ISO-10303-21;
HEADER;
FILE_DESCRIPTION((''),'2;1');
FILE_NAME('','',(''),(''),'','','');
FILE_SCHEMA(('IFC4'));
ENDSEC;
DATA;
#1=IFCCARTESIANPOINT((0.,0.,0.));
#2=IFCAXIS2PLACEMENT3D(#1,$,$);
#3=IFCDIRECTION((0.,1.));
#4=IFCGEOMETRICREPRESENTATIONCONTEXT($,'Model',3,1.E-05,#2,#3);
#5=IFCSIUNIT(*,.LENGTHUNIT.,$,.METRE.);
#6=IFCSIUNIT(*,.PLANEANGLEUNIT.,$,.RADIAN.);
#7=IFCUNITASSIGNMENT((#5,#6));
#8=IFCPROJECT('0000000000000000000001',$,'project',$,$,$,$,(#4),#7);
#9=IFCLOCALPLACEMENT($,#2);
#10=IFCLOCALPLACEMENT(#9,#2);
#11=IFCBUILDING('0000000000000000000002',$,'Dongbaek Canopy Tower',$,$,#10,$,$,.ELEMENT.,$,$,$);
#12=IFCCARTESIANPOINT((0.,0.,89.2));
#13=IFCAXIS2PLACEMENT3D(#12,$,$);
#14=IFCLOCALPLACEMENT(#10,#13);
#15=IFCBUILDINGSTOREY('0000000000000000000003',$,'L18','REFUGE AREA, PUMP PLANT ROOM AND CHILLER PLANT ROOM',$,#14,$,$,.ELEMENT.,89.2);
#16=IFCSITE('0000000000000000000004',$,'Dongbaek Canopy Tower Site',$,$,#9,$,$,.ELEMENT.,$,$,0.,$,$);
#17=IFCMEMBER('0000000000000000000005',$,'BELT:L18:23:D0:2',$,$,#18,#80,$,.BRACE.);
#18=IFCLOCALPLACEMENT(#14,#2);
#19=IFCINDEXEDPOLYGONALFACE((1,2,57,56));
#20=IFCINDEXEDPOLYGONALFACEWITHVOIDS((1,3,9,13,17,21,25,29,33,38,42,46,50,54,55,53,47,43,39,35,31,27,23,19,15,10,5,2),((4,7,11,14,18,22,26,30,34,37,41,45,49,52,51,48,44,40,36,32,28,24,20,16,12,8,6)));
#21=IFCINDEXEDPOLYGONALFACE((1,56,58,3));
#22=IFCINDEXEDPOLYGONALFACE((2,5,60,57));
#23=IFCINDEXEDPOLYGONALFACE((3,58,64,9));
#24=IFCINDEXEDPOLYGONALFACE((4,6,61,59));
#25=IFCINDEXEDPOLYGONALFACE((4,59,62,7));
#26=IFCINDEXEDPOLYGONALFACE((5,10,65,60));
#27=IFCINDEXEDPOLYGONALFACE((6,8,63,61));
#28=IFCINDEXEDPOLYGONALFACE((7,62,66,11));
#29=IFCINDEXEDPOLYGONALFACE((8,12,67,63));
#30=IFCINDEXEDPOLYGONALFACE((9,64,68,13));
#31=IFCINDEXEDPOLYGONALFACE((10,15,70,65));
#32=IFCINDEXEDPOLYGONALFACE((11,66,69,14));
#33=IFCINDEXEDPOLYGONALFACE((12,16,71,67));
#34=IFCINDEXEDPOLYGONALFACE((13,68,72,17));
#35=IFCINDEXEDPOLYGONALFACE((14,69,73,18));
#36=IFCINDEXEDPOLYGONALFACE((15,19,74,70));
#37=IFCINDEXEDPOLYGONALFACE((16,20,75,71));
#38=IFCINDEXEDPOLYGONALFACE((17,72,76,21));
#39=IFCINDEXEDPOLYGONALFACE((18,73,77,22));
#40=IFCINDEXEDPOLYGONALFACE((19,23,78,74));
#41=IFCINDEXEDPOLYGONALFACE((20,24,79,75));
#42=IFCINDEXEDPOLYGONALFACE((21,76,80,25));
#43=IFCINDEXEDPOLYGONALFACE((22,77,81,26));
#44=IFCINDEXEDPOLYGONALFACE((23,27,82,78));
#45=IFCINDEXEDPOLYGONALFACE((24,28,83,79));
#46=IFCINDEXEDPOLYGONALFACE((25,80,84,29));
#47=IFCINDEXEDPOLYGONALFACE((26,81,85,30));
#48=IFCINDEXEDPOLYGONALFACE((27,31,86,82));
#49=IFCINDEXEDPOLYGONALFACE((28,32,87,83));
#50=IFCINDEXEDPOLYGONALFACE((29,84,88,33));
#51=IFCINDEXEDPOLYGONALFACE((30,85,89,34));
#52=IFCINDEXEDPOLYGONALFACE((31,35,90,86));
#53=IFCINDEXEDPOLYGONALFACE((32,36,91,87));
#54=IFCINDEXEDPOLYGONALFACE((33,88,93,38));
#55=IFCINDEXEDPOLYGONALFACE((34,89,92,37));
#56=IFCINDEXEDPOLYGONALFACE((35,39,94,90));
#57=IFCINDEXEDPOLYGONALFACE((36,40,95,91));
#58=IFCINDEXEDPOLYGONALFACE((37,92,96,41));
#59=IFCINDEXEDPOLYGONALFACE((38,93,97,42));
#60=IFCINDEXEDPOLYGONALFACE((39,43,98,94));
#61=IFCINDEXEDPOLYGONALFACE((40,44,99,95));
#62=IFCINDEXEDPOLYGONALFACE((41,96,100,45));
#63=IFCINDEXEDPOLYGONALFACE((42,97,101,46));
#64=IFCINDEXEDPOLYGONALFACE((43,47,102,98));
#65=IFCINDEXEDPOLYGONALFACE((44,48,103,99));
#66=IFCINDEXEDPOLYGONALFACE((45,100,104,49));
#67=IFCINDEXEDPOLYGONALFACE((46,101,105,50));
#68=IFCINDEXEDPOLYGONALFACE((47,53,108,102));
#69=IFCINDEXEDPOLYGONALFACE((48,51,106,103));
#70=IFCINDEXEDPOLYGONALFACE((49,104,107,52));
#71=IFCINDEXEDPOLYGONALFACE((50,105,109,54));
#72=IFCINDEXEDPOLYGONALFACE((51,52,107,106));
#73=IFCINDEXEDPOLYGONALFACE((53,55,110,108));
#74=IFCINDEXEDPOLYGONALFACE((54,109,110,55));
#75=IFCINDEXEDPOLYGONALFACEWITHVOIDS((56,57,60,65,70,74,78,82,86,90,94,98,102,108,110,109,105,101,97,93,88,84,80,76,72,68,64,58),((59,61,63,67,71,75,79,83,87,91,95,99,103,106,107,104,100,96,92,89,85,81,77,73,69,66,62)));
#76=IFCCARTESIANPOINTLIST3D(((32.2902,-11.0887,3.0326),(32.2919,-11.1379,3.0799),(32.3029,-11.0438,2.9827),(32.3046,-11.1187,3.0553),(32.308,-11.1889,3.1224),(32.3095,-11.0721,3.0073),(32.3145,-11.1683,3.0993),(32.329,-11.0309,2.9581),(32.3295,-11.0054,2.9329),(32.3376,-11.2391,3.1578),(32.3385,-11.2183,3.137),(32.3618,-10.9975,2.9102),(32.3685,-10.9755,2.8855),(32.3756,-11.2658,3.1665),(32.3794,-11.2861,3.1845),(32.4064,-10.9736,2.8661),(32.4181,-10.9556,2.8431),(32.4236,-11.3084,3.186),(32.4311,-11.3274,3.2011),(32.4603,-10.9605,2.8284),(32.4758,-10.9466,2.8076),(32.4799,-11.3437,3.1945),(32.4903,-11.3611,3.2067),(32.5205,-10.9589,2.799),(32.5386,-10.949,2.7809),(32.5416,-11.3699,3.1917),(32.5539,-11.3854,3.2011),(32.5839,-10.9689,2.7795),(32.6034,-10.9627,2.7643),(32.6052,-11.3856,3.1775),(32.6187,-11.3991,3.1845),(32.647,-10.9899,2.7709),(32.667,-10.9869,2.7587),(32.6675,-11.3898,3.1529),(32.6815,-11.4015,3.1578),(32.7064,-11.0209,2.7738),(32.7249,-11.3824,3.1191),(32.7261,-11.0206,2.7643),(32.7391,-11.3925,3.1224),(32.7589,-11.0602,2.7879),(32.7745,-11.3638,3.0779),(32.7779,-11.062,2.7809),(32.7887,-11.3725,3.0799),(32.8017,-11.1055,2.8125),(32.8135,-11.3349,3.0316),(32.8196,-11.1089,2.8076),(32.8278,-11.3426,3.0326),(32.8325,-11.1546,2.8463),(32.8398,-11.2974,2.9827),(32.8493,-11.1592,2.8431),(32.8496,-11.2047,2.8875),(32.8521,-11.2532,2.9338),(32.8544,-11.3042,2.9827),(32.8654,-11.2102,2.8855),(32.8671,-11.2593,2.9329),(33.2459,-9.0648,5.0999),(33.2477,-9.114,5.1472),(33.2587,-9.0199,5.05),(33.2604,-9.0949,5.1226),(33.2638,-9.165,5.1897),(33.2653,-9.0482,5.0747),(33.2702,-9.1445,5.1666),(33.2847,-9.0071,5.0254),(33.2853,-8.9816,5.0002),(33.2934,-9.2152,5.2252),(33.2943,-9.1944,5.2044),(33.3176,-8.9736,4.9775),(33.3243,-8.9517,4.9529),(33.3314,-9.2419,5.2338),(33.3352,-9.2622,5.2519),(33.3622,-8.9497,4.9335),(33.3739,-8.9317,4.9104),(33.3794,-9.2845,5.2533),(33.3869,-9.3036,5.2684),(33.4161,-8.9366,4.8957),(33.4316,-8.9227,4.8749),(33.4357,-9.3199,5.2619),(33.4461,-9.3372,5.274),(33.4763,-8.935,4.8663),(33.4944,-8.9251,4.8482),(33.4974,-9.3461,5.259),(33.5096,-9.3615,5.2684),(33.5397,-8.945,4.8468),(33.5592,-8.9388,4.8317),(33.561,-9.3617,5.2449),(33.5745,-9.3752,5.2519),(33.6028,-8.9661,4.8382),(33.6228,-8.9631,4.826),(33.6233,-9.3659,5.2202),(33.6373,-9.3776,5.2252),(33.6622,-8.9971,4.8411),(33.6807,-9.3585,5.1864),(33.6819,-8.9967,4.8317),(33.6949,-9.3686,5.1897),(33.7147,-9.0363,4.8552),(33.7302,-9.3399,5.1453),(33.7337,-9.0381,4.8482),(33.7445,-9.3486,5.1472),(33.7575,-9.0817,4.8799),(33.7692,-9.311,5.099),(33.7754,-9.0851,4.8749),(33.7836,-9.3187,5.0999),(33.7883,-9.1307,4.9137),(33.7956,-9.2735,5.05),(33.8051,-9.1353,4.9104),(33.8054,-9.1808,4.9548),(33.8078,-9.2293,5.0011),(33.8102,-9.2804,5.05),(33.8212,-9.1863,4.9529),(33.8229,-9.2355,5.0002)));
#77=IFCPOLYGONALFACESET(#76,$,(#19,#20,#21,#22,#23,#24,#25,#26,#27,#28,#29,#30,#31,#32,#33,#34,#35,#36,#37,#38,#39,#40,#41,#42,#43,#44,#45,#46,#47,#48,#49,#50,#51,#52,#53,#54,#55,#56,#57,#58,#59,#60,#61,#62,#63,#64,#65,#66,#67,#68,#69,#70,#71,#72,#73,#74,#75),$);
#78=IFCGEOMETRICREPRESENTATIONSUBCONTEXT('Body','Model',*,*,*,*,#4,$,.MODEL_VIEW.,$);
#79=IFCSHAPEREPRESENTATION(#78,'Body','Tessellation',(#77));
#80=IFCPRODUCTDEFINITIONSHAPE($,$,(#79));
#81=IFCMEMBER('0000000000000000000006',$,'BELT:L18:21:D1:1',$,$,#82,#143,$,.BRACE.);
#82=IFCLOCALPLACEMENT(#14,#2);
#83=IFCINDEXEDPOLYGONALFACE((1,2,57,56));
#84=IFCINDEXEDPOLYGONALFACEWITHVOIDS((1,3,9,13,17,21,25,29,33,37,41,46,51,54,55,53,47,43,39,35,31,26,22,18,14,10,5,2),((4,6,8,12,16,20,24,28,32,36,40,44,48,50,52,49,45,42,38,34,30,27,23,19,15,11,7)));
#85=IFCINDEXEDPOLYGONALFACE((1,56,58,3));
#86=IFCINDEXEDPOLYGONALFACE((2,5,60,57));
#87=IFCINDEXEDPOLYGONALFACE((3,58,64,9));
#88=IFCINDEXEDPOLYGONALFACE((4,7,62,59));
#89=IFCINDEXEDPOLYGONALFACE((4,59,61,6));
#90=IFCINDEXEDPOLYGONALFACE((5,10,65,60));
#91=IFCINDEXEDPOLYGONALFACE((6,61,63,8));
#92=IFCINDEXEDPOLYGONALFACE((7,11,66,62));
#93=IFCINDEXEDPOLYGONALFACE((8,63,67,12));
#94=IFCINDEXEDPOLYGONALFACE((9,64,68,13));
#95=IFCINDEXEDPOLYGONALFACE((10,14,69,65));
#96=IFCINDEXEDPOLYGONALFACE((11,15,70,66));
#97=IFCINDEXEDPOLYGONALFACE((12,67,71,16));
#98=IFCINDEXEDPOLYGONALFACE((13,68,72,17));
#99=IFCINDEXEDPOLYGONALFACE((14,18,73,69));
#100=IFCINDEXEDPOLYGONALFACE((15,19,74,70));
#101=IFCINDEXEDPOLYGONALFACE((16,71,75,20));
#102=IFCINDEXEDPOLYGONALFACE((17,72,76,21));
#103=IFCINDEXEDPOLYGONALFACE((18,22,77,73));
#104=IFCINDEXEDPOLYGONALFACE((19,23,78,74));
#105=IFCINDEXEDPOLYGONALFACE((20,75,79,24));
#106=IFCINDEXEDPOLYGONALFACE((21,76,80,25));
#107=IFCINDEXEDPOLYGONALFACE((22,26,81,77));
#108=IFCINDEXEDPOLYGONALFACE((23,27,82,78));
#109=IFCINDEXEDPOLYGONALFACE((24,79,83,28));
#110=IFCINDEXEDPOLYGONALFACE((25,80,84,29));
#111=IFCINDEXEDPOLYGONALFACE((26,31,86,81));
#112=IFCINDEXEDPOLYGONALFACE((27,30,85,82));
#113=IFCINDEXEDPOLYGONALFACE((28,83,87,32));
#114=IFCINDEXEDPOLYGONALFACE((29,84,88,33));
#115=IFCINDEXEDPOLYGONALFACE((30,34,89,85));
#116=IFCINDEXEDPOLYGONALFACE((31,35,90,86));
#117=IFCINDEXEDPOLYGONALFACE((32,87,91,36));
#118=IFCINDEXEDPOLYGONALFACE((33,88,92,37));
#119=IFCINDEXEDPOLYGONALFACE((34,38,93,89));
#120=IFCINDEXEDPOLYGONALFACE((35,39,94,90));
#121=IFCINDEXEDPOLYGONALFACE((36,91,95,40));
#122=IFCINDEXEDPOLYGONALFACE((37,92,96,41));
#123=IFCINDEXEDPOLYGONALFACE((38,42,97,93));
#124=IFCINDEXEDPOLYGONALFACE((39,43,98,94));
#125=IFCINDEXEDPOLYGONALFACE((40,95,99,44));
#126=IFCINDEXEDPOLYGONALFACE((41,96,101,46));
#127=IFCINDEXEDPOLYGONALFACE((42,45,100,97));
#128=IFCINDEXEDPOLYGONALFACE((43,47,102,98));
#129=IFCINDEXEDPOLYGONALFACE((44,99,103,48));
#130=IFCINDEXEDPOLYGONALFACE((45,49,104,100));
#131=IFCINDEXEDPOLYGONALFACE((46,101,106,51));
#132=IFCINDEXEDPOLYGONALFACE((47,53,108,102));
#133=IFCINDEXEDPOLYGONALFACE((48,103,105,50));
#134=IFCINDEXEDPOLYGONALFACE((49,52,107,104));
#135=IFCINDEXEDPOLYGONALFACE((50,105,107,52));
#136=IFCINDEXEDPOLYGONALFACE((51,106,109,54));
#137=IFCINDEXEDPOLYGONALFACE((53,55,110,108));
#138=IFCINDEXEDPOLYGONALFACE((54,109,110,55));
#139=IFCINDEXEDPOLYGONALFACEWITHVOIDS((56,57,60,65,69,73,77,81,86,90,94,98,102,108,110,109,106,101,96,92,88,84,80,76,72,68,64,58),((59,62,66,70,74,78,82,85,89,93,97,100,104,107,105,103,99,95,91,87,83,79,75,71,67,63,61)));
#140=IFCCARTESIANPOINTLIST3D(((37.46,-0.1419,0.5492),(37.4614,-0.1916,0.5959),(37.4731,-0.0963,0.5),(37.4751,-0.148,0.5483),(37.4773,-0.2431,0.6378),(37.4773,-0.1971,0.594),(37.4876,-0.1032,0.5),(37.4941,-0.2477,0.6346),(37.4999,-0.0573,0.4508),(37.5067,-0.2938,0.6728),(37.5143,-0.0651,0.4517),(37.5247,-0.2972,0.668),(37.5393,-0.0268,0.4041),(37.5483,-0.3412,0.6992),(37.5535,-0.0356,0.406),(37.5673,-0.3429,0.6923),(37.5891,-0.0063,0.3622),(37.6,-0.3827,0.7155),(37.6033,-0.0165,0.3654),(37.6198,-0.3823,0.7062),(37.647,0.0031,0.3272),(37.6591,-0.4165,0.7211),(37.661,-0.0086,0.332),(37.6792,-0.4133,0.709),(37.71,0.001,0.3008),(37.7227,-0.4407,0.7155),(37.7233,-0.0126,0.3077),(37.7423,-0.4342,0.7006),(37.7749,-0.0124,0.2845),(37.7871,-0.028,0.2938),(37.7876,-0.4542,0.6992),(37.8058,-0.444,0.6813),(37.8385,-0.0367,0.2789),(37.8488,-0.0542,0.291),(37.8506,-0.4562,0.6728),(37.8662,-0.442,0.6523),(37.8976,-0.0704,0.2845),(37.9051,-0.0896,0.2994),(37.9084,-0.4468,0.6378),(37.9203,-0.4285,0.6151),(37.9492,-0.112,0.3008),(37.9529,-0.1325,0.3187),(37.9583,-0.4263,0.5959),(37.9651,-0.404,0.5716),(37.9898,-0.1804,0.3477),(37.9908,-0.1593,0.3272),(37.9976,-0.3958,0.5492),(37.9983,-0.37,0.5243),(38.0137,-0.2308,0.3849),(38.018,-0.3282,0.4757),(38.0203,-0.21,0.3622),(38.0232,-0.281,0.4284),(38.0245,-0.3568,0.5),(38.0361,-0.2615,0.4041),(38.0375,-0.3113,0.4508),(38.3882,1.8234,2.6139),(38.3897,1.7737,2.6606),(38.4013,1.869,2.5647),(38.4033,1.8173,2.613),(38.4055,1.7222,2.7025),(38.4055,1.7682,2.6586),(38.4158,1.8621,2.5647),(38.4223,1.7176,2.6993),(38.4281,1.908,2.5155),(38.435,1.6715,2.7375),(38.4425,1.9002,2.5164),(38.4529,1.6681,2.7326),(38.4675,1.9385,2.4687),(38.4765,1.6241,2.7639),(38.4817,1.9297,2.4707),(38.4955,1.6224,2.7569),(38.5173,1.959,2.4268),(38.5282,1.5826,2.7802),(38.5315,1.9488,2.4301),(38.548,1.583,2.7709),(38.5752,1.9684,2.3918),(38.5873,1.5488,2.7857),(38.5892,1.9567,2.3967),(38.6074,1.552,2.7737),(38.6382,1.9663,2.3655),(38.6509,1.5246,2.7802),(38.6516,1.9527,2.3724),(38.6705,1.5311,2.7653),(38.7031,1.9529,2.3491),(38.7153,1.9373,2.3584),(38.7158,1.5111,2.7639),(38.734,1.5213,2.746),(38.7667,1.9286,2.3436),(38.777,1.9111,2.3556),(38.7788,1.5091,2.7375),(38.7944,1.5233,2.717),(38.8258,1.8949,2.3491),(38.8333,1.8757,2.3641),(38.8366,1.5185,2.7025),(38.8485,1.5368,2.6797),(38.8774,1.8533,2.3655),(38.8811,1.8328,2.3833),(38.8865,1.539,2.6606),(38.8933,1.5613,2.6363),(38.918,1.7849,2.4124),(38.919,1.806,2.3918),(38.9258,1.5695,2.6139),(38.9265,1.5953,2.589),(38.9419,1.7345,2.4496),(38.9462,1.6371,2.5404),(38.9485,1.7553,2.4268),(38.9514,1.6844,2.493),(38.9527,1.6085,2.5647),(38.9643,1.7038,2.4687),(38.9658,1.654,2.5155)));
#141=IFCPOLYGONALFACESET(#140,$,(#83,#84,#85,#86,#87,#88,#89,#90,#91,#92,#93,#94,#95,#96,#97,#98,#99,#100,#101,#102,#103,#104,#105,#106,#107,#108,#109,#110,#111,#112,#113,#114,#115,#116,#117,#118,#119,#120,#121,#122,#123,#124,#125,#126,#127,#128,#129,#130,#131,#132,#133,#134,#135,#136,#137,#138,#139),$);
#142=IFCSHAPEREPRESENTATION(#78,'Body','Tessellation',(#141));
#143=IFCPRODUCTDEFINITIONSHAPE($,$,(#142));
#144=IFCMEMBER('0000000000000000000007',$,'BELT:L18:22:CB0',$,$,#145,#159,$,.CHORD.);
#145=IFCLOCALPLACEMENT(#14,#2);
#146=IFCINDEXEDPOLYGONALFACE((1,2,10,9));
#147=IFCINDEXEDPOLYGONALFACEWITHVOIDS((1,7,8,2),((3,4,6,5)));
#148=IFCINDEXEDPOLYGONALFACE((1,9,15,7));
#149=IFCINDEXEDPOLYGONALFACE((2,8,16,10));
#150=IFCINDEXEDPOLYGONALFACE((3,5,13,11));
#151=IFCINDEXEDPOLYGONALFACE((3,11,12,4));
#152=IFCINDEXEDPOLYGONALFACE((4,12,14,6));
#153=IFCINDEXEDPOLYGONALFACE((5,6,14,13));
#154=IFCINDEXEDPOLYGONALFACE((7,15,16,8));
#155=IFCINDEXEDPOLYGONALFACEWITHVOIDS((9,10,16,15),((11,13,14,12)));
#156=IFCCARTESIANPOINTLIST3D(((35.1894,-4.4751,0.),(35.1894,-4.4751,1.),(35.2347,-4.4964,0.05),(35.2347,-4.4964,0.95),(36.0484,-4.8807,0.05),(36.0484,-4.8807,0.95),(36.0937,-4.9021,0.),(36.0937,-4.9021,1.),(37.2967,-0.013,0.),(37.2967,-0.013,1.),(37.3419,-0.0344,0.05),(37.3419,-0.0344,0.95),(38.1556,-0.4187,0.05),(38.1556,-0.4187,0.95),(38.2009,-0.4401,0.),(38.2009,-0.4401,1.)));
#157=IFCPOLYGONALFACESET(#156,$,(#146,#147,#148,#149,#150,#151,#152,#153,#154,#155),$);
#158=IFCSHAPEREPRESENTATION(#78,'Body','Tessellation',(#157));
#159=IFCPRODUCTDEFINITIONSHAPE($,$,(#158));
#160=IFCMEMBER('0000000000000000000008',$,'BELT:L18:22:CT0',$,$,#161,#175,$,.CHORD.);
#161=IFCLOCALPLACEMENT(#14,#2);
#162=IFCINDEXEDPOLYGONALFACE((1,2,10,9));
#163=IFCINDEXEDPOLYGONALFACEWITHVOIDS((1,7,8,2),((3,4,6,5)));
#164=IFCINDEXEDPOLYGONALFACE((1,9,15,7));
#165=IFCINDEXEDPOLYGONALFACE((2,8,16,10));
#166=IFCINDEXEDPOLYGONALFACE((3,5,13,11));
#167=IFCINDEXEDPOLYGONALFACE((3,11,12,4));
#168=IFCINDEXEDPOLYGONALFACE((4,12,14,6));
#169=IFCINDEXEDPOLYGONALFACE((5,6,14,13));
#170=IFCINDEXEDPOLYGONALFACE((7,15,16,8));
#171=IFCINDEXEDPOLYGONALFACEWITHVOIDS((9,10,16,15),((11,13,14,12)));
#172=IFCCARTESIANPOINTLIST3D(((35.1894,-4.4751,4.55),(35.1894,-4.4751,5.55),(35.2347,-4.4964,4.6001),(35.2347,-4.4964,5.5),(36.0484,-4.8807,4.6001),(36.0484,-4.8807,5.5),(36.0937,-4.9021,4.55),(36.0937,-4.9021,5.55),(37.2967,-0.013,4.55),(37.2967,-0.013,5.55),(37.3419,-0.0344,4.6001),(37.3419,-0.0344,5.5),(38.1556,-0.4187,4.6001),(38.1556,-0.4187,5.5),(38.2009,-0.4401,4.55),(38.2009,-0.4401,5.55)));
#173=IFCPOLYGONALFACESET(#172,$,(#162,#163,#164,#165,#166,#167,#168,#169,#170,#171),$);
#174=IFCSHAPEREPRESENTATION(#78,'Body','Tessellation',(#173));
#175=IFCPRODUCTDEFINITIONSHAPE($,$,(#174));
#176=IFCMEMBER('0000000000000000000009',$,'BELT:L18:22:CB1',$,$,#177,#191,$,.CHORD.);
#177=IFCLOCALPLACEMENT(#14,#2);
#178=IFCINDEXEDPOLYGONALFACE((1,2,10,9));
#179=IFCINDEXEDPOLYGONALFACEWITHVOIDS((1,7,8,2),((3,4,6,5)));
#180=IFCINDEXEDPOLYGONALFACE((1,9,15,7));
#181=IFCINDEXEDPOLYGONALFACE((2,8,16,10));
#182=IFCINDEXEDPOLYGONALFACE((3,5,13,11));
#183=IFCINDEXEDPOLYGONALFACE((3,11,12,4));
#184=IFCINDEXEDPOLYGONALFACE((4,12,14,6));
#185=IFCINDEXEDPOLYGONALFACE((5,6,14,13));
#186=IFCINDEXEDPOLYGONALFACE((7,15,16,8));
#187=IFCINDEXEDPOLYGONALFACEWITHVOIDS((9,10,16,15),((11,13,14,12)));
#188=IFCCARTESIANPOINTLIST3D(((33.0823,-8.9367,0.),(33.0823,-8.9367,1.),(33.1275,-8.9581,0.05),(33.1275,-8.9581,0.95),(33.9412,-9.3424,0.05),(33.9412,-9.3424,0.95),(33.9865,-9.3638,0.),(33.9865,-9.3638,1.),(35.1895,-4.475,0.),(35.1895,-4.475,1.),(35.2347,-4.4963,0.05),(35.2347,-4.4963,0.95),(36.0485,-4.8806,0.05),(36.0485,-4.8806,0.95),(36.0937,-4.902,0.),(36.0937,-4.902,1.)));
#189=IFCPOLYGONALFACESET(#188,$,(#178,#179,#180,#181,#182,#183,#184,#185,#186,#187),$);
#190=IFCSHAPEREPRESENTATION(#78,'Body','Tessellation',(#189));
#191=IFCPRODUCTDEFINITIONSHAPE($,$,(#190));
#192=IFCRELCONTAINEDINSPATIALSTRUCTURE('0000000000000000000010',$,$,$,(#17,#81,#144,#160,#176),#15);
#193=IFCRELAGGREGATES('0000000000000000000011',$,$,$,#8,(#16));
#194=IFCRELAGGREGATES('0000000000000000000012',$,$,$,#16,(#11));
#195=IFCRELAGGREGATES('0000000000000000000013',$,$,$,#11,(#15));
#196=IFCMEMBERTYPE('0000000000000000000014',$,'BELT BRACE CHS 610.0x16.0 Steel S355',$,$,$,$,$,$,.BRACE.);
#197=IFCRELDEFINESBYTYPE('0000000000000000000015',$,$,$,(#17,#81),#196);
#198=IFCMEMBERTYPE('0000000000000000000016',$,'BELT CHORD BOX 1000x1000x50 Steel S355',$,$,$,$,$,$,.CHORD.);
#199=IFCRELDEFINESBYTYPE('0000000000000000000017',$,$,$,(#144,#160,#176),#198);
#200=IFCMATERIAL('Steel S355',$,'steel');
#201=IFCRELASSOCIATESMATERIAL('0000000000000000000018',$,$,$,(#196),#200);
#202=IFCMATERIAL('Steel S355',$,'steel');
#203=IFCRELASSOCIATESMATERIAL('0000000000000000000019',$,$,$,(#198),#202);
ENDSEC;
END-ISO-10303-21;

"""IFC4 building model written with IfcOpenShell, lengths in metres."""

from ifc_helpers import new_model, si_unit, direction, frame, origin, origin_2d, place, context, subcontext, project, spatial, hollow_rectangle, hollow_circle, extrude, material, material_profile, profile_set, type_object, element, save


model = new_model("IFC4")

# Units and contexts
model_context = context("Model", 3, precision=1e-05, world=origin(), true_north=direction((0.0, 1.0)))
body_context = subcontext(model_context, "Body", "Model", "MODEL_VIEW")
ifc_project = project(units=[si_unit("LENGTHUNIT", "METRE"), si_unit("PLANEANGLEUNIT", "RADIAN")], contexts=[model_context])

# Site, building, storey
site_placement = place(None, origin())
site = spatial("IfcSite", under=ifc_project, at=site_placement, Name="Dongbaek Canopy Tower Site", CompositionType="ELEMENT", RefElevation=0.0)
building_placement = place(site_placement, origin())
building = spatial("IfcBuilding", under=site, at=building_placement, Name="Dongbaek Canopy Tower", CompositionType="ELEMENT")
storey_placement = place(building_placement, frame((0.0, 0.0, 89.2)))
storey = spatial("IfcBuildingStorey", under=building, at=storey_placement, Name="L18", Description="REFUGE AREA, PUMP PLANT ROOM AND CHILLER PLANT ROOM", CompositionType="ELEMENT", Elevation=89.2)

# Members
ifc_material_1 = material(Name="Steel S355", Category="steel")
ifc_material_profile_1 = material_profile(ifc_material_1, hollow_circle(Radius=0.3049, WallThickness=0.0161, at=origin_2d()), Name="BELT BRACE CHS 610.0x16.0 Steel S355")
ifc_profile_set_1 = profile_set([ifc_material_profile_1], Name="Steel S355")
member_type_1 = type_object("IfcMemberType", Name="BELT BRACE CHS 610.0x16.0 Steel S355", PredefinedType="BRACE", material=ifc_profile_set_1)
member_1_placement = place(storey_placement, frame((33.5344, -9.1501, 5.05), z_axis=(-0.313694, -0.664246, -0.678508), x_axis=(0.904237, -0.427031, 0.0)))
element("IfcMember", 1, at=member_1_placement, inside=storey, type_object=member_type_1, Name="BELT:L18:23:D0:2", PredefinedType="BRACE", context=body_context, shape_type="SweptSolid", body=[
    extrude(hollow_circle(Radius=0.3049, WallThickness=0.0161, at=origin_2d()), origin(), (0.0, 0.0, 1.0), 3.0469),
])
member_2_placement = place(storey_placement, frame((37.7488, -0.2266, 0.5), z_axis=(0.309629, 0.655581, 0.688726), x_axis=(-0.904222, 0.427062, 0.0)))
element("IfcMember", 2, at=member_2_placement, inside=storey, type_object=member_type_1, Name="BELT:L18:21:D1:1", PredefinedType="BRACE", context=body_context, shape_type="SweptSolid", body=[
    extrude(hollow_circle(Radius=0.3049, WallThickness=0.0161, at=origin_2d()), origin(), (0.0, 0.0, 1.0), 2.9978),
])
ifc_material_2 = material(Name="Steel S355", Category="steel")
ifc_material_profile_2 = material_profile(ifc_material_2, hollow_rectangle(XDim=1.0, YDim=1.0, WallThickness=0.05, at=origin_2d()), Name="BELT CHORD BOX 1000x1000x50 Steel S355")
ifc_profile_set_2 = profile_set([ifc_material_profile_2], Name="Steel S355")
member_type_2 = type_object("IfcMemberType", Name="BELT CHORD BOX 1000x1000x50 Steel S355", PredefinedType="CHORD", material=ifc_profile_set_2)
for number, where, z_axis, x_axis, name in (
    (3, (37.7488, -0.2266, 0.5), (-0.427033, -0.904236, 0.0), (0.904236, -0.427033, 0.0), "BELT:L18:22:CB0"),
    (4, (37.7488, -0.2266, 5.05), (-0.427033, -0.904236, 0.0), (0.904236, -0.427033, 0.0), "BELT:L18:22:CT0"),
):
    element("IfcMember", number, at=place(storey_placement, frame(where, z_axis=z_axis, x_axis=x_axis)), inside=storey, type_object=member_type_2, Name=name, PredefinedType="CHORD", context=body_context, shape_type="SweptSolid", body=[
        extrude(hollow_rectangle(XDim=1.0, YDim=1.0, WallThickness=0.05, at=origin_2d()), origin(), (0.0, 0.0, 1.0), 4.9346),
    ])
for number, where, z_axis, x_axis, name in (
    (5, (35.6416, -4.6885, 0.5), (-0.427052, -0.904227, 0.0), (0.904227, -0.427052, 0.0), "BELT:L18:22:CB1"),
):
    element("IfcMember", number, at=place(storey_placement, frame(where, z_axis=z_axis, x_axis=x_axis)), inside=storey, type_object=member_type_2, Name=name, PredefinedType="CHORD", context=body_context, shape_type="SweptSolid", body=[
        extrude(hollow_rectangle(XDim=1.0, YDim=1.0, WallThickness=0.05, at=origin_2d()), origin(), (0.0, 0.0, 1.0), 4.9343),
    ])

save(model, "model.ifc")
